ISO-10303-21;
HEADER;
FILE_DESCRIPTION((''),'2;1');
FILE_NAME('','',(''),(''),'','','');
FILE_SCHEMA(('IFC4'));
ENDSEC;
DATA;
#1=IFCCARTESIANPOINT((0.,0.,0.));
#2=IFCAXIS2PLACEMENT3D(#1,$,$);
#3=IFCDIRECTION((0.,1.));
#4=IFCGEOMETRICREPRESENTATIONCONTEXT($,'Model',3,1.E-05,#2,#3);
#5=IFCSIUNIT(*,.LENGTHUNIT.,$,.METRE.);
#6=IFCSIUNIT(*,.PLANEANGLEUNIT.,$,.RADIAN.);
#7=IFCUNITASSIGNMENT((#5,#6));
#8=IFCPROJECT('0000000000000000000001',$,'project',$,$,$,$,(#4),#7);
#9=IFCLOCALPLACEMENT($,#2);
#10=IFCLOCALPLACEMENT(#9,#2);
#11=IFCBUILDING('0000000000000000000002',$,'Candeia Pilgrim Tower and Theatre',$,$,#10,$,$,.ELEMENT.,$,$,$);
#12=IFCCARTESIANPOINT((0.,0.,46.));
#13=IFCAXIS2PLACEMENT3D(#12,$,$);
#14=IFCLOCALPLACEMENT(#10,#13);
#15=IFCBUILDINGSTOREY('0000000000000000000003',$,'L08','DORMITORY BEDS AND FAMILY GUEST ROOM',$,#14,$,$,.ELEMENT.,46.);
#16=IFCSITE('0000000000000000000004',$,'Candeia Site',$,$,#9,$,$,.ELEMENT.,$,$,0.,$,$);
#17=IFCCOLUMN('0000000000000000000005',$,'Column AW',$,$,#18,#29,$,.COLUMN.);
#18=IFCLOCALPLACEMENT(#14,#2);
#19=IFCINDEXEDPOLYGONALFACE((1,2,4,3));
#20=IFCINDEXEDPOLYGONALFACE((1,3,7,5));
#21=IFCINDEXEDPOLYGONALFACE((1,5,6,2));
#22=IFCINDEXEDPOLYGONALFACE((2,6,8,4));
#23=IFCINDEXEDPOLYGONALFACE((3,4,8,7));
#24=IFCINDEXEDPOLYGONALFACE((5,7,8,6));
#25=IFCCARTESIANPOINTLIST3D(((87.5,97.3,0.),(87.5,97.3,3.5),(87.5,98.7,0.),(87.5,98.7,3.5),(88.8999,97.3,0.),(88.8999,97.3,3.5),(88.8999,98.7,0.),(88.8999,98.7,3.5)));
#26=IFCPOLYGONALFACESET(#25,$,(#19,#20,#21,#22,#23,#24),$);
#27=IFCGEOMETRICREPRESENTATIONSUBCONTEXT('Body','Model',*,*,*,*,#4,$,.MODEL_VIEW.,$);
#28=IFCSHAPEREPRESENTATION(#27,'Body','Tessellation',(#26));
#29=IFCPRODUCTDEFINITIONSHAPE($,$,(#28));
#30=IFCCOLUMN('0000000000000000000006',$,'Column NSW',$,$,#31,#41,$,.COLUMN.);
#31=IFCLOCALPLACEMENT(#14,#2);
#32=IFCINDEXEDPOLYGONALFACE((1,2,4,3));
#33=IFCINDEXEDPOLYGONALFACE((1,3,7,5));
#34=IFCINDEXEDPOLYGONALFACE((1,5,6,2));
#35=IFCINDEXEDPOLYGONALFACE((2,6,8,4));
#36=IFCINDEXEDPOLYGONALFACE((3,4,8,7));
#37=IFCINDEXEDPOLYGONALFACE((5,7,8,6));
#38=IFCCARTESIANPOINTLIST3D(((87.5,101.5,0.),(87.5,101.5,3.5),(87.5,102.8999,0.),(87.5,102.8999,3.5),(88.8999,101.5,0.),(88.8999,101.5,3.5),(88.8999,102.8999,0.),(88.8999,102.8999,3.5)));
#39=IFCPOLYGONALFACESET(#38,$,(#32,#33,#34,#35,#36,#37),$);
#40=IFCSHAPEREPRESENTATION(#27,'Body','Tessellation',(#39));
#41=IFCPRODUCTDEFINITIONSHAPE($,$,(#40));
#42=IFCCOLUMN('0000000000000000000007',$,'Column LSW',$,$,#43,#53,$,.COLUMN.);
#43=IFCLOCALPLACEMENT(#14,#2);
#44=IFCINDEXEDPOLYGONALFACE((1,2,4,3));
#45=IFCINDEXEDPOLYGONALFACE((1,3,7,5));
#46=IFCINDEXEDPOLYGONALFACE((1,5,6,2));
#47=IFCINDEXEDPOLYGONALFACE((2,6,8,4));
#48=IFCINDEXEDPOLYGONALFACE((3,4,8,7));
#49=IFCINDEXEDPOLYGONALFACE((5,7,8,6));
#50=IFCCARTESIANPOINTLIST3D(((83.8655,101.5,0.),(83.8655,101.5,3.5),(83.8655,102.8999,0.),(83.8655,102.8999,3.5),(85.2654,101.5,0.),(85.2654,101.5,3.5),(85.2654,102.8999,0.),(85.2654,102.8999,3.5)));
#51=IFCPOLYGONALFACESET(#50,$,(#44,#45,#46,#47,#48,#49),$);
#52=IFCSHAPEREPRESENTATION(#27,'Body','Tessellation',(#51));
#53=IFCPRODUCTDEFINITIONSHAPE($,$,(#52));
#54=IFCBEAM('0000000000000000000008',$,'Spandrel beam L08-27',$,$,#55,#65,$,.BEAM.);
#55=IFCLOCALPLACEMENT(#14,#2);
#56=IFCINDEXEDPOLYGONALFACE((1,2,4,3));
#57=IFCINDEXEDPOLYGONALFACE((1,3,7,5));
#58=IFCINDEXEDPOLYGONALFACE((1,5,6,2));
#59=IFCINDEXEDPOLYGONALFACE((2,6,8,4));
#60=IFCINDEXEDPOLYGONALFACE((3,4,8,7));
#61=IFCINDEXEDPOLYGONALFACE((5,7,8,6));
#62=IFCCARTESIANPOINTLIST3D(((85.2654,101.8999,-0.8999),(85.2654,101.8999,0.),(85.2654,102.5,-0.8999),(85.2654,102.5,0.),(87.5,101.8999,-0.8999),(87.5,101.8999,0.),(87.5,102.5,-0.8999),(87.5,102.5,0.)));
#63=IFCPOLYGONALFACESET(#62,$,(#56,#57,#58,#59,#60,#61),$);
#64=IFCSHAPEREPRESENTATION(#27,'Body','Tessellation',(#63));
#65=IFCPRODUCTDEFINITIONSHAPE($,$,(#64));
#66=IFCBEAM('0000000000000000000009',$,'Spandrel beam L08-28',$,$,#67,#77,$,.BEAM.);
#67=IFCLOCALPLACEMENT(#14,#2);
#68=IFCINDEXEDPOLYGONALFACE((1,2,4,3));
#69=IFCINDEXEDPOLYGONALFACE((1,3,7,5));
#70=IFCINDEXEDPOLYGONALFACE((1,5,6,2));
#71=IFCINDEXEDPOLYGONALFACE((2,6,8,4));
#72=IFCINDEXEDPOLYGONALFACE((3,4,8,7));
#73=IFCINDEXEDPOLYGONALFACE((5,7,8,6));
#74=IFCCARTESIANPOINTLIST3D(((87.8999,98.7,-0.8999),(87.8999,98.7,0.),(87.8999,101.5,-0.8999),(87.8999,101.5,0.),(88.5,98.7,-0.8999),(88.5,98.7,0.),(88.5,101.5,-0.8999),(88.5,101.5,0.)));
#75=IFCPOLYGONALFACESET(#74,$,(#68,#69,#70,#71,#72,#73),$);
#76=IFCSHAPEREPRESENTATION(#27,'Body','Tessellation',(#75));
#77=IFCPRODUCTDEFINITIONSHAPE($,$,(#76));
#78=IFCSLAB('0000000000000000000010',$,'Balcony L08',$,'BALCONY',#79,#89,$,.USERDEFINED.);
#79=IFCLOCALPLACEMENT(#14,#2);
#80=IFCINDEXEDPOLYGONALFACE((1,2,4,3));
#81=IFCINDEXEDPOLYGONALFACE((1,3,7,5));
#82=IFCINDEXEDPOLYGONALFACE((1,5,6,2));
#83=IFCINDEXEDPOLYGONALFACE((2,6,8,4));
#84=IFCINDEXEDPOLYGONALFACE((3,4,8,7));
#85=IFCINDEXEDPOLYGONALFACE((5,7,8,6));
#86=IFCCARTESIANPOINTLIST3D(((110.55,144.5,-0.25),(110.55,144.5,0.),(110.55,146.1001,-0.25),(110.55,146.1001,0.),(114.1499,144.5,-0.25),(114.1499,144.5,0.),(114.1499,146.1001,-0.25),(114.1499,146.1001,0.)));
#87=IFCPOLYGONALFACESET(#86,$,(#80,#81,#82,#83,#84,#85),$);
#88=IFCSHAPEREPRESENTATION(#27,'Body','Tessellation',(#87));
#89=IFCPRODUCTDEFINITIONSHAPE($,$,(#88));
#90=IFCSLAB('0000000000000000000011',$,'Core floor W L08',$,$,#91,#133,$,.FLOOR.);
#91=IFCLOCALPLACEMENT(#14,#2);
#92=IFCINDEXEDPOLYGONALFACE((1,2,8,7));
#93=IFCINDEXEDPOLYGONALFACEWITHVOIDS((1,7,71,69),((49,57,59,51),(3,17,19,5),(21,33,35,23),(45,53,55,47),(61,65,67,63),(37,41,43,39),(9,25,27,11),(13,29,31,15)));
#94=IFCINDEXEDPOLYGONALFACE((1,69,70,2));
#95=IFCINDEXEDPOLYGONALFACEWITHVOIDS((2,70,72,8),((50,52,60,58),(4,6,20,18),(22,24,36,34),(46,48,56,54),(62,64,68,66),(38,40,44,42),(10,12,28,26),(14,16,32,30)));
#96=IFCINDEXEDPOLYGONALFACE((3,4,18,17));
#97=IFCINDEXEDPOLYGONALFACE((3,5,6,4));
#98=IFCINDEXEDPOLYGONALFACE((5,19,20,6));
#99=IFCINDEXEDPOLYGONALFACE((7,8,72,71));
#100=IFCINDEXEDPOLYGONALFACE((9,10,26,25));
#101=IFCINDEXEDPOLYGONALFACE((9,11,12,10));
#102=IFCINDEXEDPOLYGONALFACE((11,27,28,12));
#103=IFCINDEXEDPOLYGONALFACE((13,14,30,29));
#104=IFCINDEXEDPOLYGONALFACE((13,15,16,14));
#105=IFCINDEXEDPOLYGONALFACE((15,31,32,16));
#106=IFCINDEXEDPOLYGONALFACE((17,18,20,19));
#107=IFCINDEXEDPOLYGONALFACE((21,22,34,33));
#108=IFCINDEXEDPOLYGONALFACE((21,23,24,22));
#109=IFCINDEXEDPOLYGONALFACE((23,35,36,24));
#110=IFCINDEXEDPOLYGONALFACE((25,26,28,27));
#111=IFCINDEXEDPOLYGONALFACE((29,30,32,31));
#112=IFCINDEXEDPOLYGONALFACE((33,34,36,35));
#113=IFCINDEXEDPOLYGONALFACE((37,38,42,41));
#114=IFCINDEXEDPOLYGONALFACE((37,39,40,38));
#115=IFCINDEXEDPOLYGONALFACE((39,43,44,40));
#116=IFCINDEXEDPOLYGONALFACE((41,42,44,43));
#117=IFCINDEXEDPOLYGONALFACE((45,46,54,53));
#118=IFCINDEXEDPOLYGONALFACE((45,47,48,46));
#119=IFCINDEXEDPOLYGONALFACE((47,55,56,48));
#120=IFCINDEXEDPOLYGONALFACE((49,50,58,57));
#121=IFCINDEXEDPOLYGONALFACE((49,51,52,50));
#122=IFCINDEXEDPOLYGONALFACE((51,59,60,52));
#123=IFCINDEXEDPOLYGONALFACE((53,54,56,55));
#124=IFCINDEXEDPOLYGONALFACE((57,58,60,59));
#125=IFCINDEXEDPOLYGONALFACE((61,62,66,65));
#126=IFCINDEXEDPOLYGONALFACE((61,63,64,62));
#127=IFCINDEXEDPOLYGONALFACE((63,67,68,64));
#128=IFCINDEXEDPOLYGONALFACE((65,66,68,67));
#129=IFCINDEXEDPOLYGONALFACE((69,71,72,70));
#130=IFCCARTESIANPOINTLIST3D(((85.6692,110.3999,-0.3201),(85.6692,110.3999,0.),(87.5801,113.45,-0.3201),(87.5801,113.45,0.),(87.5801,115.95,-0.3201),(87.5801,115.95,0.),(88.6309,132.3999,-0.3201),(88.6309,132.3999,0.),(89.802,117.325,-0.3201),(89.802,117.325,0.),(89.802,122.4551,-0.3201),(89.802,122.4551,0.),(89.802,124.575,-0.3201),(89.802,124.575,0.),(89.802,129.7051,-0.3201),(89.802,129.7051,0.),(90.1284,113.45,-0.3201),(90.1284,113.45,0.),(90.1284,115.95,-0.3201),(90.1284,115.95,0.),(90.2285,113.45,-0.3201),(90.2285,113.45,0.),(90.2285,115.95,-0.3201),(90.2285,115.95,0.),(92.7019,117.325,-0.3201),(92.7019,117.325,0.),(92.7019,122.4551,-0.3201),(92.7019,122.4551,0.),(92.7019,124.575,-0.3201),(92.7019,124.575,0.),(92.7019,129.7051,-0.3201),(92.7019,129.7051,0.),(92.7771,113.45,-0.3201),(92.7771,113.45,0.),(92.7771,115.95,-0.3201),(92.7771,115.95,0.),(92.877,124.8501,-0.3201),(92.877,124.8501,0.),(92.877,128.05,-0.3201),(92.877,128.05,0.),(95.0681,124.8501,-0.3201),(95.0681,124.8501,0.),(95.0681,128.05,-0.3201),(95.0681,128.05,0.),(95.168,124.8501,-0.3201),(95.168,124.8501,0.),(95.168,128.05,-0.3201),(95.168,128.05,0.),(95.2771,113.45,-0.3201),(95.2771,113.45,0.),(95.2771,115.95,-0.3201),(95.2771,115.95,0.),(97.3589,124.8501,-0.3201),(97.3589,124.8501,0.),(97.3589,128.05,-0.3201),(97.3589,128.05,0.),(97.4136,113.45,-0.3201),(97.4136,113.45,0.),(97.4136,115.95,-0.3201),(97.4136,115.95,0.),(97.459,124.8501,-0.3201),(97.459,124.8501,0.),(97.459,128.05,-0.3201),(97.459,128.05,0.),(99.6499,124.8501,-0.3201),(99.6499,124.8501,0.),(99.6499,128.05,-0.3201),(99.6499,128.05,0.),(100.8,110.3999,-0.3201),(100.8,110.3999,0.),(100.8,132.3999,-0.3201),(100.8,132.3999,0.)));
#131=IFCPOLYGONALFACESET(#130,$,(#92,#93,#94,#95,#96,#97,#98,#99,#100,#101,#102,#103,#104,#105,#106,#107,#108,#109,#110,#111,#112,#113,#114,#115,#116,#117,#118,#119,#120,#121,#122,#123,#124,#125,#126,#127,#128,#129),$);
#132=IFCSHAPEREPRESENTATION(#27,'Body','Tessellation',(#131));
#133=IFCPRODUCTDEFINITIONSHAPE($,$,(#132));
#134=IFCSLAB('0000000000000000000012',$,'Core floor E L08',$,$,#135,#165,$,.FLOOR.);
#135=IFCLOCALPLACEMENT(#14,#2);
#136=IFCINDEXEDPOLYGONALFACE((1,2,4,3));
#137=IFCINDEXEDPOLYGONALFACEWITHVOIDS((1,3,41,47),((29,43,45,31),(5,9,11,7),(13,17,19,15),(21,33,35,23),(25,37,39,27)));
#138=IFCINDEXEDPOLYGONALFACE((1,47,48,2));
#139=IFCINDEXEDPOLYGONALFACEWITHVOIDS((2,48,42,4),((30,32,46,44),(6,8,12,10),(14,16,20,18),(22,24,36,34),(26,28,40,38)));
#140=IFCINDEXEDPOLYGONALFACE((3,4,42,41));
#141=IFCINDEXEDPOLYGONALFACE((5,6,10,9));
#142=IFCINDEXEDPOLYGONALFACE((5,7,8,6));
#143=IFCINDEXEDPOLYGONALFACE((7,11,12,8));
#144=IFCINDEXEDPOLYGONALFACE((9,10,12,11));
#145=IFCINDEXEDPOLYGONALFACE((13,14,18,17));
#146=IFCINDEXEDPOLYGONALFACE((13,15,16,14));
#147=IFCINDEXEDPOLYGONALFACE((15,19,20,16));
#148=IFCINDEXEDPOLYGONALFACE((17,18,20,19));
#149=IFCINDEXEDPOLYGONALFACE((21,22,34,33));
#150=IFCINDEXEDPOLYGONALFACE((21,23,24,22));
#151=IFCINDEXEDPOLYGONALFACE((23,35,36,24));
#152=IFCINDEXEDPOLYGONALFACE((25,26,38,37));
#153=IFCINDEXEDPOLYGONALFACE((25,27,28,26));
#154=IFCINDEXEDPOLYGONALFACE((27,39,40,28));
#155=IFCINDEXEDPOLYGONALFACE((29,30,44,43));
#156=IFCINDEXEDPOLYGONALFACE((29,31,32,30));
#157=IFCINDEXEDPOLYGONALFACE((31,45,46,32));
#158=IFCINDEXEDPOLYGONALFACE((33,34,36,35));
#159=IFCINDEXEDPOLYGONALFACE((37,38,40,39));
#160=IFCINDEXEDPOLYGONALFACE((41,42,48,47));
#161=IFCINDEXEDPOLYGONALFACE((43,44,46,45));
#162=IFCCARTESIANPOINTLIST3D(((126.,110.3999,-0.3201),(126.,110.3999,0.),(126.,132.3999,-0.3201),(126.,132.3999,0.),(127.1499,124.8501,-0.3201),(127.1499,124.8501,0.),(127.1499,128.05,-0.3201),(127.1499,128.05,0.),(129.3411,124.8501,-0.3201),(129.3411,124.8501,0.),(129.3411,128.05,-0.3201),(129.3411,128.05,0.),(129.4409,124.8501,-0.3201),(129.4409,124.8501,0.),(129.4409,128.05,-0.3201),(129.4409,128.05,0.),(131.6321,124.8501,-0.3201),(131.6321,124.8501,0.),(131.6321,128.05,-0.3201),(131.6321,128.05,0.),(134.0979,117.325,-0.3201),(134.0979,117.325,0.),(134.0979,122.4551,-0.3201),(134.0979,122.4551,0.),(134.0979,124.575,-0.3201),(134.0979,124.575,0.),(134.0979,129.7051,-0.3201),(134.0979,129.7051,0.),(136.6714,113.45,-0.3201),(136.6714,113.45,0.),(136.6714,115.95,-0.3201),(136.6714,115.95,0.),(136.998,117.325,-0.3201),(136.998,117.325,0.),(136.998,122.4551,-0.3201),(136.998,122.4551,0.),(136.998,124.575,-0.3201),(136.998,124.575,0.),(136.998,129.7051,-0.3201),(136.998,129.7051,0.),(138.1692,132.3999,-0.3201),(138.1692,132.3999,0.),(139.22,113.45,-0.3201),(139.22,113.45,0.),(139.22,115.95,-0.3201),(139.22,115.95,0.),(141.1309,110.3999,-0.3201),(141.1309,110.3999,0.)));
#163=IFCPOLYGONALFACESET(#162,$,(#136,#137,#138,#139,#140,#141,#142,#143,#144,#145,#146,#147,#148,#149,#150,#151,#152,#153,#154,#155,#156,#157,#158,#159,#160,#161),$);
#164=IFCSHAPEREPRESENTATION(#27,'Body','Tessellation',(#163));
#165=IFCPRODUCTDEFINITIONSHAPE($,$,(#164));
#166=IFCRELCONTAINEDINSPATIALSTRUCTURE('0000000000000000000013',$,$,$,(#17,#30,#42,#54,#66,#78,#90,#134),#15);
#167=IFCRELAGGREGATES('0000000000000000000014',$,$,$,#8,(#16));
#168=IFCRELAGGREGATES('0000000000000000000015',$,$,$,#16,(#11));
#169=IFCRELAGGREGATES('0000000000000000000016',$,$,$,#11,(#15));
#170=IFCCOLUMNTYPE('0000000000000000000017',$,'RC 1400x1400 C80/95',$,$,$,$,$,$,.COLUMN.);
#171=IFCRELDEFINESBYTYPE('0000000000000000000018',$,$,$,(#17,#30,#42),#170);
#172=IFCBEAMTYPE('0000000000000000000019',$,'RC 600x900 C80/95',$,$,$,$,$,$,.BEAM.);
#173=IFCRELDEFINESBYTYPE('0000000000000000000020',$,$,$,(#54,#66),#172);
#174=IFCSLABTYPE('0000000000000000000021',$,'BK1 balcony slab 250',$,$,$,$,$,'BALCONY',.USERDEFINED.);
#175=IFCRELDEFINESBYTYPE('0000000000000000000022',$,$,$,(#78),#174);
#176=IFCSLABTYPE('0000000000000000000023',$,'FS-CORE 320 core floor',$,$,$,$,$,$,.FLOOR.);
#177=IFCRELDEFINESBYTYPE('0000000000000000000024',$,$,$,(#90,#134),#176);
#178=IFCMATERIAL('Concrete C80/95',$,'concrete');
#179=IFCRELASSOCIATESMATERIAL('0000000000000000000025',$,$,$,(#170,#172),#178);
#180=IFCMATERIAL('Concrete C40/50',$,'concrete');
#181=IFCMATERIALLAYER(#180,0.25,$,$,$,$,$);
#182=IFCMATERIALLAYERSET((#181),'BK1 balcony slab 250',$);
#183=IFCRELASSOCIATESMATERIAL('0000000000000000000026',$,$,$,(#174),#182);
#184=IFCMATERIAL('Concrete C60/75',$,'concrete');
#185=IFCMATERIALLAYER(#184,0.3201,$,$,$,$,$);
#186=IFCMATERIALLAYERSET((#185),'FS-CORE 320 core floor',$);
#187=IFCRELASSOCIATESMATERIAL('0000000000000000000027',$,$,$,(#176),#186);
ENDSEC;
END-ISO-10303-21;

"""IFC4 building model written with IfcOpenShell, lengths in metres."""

from ifc_helpers import new_model, si_unit, direction, frame, origin, origin_2d, place, context, subcontext, project, spatial, polyline, rectangle, outline, extrude, material, layer, layer_set, material_profile, profile_set, type_object, element, save


model = new_model("IFC4")

# Units and contexts
model_context = context("Model", 3, precision=1e-05, world=origin(), true_north=direction((0.0, 1.0)))
body_context = subcontext(model_context, "Body", "Model", "MODEL_VIEW")
ifc_project = project(units=[si_unit("LENGTHUNIT", "METRE"), si_unit("PLANEANGLEUNIT", "RADIAN")], contexts=[model_context])

# Site, building, storey
site_placement = place(None, origin())
site = spatial("IfcSite", under=ifc_project, at=site_placement, Name="Candeia Site", CompositionType="ELEMENT", RefElevation=0.0)
building_placement = place(site_placement, origin())
building = spatial("IfcBuilding", under=site, at=building_placement, Name="Candeia Pilgrim Tower and Theatre", CompositionType="ELEMENT")
storey_placement = place(building_placement, frame((0.0, 0.0, 46.0)))
storey = spatial("IfcBuildingStorey", under=building, at=storey_placement, Name="L08", Description="DORMITORY BEDS AND FAMILY GUEST ROOM", CompositionType="ELEMENT", Elevation=46.0)

# Columns
ifc_material_1 = material(Name="Concrete C80/95", Category="concrete")
ifc_material_profile_1 = material_profile(ifc_material_1, rectangle(XDim=1.3999, YDim=1.3999, at=origin_2d()))
ifc_profile_set_1 = profile_set([ifc_material_profile_1], Name="Concrete C80/95")
column_type = type_object("IfcColumnType", Name="RC 1400x1400 C80/95", PredefinedType="COLUMN", material=ifc_profile_set_1)
for number, where, z_axis, x_axis, name in (
    (1, (88.2, 98.0, 0.0), (0.0, 0.0, 1.0), (1.0, 0.0, 0.0), "Column AW"),
    (2, (88.2, 102.2, 0.0), (0.0, 0.0, 1.0), (1.0, 0.0, 0.0), "Column NSW"),
    (3, (84.5654, 102.2, 0.0), (0.0, 0.0, 1.0), (1.0, 0.0, 0.0), "Column LSW"),
):
    element("IfcColumn", number, at=place(storey_placement, frame(where, z_axis=z_axis, x_axis=x_axis)), inside=storey, type_object=column_type, Name=name, PredefinedType="COLUMN", context=body_context, shape_type="SweptSolid", body=[
        extrude(rectangle(XDim=1.3999, YDim=1.3999, at=origin_2d()), origin(), (0.0, 0.0, 1.0), 3.5),
    ])

# Beams
ifc_material_profile_2 = material_profile(ifc_material_1, rectangle(XDim=0.6001, YDim=0.8999, at=origin_2d()))
ifc_profile_set_2 = profile_set([ifc_material_profile_2], Name="Concrete C80/95")
beam_type = type_object("IfcBeamType", Name="RC 600x900 C80/95", PredefinedType="BEAM", material=ifc_profile_set_2)
beam_1_placement = place(storey_placement, frame((85.2654, 102.2, -0.45), z_axis=(1.0, 0.0, 0.0), x_axis=(0.0, 1.0, 0.0)))
element("IfcBeam", 4, at=beam_1_placement, inside=storey, type_object=beam_type, Name="Spandrel beam L08-27", PredefinedType="BEAM", context=body_context, shape_type="SweptSolid", body=[
    extrude(rectangle(XDim=0.6001, YDim=0.8999, at=origin_2d()), origin(), (0.0, 0.0, 1.0), 2.2346),
])
beam_2_placement = place(storey_placement, frame((88.2, 101.5, -0.45), z_axis=(0.0, -1.0, 0.0), x_axis=(1.0, 0.0, 0.0)))
element("IfcBeam", 5, at=beam_2_placement, inside=storey, type_object=beam_type, Name="Spandrel beam L08-28", PredefinedType="BEAM", context=body_context, shape_type="SweptSolid", body=[
    extrude(rectangle(XDim=0.6001, YDim=0.8999, at=origin_2d()), origin(), (0.0, 0.0, 1.0), 2.8),
])

# Slabs
ifc_material_2 = material(Name="Concrete C40/50", Category="concrete")
ifc_layer_1 = layer(ifc_material_2, 0.25)
ifc_layer_set_1 = layer_set([ifc_layer_1], Name="BK1 balcony slab 250")
slab_type_1 = type_object("IfcSlabType", Name="BK1 balcony slab 250", ElementType="BALCONY", PredefinedType="USERDEFINED", material=ifc_layer_set_1)
slab_1_placement = place(storey_placement, frame((0.0, 0.0, -0.25)))
element("IfcSlab", 6, at=slab_1_placement, inside=storey, type_object=slab_type_1, Name="Balcony L08", ObjectType="BALCONY", PredefinedType="USERDEFINED", context=body_context, shape_type="SweptSolid", body=[
    extrude(outline(polyline([(110.55, 144.5), (114.1499, 144.5), (114.1499, 146.1001), (110.55, 146.1001), (110.55, 144.5)])), origin(), (0.0, 0.0, 1.0), 0.25),
])
ifc_material_3 = material(Name="Concrete C60/75", Category="concrete")
ifc_layer_2 = layer(ifc_material_3, 0.3201)
ifc_layer_set_2 = layer_set([ifc_layer_2], Name="FS-CORE 320 core floor")
slab_type_2 = type_object("IfcSlabType", Name="FS-CORE 320 core floor", PredefinedType="FLOOR", material=ifc_layer_set_2)
slab_2_placement = place(storey_placement, frame((0.0, 0.0, -0.3201)))
element("IfcSlab", 7, at=slab_2_placement, inside=storey, type_object=slab_type_2, Name="Core floor W L08", PredefinedType="FLOOR", context=body_context, shape_type="SweptSolid", body=[
    extrude(outline(polyline([(100.8, 132.3999), (100.8, 110.3999), (85.6692, 110.3999), (88.6309, 132.3999), (100.8, 132.3999)]), holes=[polyline([(97.459, 128.05), (97.459, 124.8501), (99.6499, 124.8501), (99.6499, 128.05), (97.459, 128.05)]), polyline([(95.2771, 115.95), (95.2771, 113.45), (97.4136, 113.45), (97.4136, 115.95), (95.2771, 115.95)]), polyline([(95.168, 128.05), (95.168, 124.8501), (97.3589, 124.8501), (97.3589, 128.05), (95.168, 128.05)]), polyline([(92.877, 128.05), (92.877, 124.8501), (95.0681, 124.8501), (95.0681, 128.05), (92.877, 128.05)]), polyline([(90.2285, 115.95), (90.2285, 113.45), (92.7771, 113.45), (92.7771, 115.95), (90.2285, 115.95)]), polyline([(89.802, 122.4551), (89.802, 117.325), (92.7019, 117.325), (92.7019, 122.4551), (89.802, 122.4551)]), polyline([(89.802, 129.7051), (89.802, 124.575), (92.7019, 124.575), (92.7019, 129.7051), (89.802, 129.7051)]), polyline([(87.5801, 115.95), (87.5801, 113.45), (90.1284, 113.45), (90.1284, 115.95), (87.5801, 115.95)])]), origin(), (0.0, 0.0, 1.0), 0.3201),
])
slab_3_placement = place(storey_placement, frame((0.0, 0.0, -0.3201)))
element("IfcSlab", 8, at=slab_3_placement, inside=storey, type_object=slab_type_2, Name="Core floor E L08", PredefinedType="FLOOR", context=body_context, shape_type="SweptSolid", body=[
    extrude(outline(polyline([(138.1692, 132.3999), (141.1309, 110.3999), (126.0, 110.3999), (126.0, 132.3999), (138.1692, 132.3999)]), holes=[polyline([(136.6714, 115.95), (136.6714, 113.45), (139.22, 113.45), (139.22, 115.95), (136.6714, 115.95)]), polyline([(134.0979, 117.325), (136.998, 117.325), (136.998, 122.4551), (134.0979, 122.4551), (134.0979, 117.325)]), polyline([(134.0979, 129.7051), (134.0979, 124.575), (136.998, 124.575), (136.998, 129.7051), (134.0979, 129.7051)]), polyline([(131.6321, 128.05), (129.4409, 128.05), (129.4409, 124.8501), (131.6321, 124.8501), (131.6321, 128.05)]), polyline([(127.1499, 128.05), (127.1499, 124.8501), (129.3411, 124.8501), (129.3411, 128.05), (127.1499, 128.05)])]), origin(), (0.0, 0.0, 1.0), 0.3201),
])

save(model, "model.ifc")
